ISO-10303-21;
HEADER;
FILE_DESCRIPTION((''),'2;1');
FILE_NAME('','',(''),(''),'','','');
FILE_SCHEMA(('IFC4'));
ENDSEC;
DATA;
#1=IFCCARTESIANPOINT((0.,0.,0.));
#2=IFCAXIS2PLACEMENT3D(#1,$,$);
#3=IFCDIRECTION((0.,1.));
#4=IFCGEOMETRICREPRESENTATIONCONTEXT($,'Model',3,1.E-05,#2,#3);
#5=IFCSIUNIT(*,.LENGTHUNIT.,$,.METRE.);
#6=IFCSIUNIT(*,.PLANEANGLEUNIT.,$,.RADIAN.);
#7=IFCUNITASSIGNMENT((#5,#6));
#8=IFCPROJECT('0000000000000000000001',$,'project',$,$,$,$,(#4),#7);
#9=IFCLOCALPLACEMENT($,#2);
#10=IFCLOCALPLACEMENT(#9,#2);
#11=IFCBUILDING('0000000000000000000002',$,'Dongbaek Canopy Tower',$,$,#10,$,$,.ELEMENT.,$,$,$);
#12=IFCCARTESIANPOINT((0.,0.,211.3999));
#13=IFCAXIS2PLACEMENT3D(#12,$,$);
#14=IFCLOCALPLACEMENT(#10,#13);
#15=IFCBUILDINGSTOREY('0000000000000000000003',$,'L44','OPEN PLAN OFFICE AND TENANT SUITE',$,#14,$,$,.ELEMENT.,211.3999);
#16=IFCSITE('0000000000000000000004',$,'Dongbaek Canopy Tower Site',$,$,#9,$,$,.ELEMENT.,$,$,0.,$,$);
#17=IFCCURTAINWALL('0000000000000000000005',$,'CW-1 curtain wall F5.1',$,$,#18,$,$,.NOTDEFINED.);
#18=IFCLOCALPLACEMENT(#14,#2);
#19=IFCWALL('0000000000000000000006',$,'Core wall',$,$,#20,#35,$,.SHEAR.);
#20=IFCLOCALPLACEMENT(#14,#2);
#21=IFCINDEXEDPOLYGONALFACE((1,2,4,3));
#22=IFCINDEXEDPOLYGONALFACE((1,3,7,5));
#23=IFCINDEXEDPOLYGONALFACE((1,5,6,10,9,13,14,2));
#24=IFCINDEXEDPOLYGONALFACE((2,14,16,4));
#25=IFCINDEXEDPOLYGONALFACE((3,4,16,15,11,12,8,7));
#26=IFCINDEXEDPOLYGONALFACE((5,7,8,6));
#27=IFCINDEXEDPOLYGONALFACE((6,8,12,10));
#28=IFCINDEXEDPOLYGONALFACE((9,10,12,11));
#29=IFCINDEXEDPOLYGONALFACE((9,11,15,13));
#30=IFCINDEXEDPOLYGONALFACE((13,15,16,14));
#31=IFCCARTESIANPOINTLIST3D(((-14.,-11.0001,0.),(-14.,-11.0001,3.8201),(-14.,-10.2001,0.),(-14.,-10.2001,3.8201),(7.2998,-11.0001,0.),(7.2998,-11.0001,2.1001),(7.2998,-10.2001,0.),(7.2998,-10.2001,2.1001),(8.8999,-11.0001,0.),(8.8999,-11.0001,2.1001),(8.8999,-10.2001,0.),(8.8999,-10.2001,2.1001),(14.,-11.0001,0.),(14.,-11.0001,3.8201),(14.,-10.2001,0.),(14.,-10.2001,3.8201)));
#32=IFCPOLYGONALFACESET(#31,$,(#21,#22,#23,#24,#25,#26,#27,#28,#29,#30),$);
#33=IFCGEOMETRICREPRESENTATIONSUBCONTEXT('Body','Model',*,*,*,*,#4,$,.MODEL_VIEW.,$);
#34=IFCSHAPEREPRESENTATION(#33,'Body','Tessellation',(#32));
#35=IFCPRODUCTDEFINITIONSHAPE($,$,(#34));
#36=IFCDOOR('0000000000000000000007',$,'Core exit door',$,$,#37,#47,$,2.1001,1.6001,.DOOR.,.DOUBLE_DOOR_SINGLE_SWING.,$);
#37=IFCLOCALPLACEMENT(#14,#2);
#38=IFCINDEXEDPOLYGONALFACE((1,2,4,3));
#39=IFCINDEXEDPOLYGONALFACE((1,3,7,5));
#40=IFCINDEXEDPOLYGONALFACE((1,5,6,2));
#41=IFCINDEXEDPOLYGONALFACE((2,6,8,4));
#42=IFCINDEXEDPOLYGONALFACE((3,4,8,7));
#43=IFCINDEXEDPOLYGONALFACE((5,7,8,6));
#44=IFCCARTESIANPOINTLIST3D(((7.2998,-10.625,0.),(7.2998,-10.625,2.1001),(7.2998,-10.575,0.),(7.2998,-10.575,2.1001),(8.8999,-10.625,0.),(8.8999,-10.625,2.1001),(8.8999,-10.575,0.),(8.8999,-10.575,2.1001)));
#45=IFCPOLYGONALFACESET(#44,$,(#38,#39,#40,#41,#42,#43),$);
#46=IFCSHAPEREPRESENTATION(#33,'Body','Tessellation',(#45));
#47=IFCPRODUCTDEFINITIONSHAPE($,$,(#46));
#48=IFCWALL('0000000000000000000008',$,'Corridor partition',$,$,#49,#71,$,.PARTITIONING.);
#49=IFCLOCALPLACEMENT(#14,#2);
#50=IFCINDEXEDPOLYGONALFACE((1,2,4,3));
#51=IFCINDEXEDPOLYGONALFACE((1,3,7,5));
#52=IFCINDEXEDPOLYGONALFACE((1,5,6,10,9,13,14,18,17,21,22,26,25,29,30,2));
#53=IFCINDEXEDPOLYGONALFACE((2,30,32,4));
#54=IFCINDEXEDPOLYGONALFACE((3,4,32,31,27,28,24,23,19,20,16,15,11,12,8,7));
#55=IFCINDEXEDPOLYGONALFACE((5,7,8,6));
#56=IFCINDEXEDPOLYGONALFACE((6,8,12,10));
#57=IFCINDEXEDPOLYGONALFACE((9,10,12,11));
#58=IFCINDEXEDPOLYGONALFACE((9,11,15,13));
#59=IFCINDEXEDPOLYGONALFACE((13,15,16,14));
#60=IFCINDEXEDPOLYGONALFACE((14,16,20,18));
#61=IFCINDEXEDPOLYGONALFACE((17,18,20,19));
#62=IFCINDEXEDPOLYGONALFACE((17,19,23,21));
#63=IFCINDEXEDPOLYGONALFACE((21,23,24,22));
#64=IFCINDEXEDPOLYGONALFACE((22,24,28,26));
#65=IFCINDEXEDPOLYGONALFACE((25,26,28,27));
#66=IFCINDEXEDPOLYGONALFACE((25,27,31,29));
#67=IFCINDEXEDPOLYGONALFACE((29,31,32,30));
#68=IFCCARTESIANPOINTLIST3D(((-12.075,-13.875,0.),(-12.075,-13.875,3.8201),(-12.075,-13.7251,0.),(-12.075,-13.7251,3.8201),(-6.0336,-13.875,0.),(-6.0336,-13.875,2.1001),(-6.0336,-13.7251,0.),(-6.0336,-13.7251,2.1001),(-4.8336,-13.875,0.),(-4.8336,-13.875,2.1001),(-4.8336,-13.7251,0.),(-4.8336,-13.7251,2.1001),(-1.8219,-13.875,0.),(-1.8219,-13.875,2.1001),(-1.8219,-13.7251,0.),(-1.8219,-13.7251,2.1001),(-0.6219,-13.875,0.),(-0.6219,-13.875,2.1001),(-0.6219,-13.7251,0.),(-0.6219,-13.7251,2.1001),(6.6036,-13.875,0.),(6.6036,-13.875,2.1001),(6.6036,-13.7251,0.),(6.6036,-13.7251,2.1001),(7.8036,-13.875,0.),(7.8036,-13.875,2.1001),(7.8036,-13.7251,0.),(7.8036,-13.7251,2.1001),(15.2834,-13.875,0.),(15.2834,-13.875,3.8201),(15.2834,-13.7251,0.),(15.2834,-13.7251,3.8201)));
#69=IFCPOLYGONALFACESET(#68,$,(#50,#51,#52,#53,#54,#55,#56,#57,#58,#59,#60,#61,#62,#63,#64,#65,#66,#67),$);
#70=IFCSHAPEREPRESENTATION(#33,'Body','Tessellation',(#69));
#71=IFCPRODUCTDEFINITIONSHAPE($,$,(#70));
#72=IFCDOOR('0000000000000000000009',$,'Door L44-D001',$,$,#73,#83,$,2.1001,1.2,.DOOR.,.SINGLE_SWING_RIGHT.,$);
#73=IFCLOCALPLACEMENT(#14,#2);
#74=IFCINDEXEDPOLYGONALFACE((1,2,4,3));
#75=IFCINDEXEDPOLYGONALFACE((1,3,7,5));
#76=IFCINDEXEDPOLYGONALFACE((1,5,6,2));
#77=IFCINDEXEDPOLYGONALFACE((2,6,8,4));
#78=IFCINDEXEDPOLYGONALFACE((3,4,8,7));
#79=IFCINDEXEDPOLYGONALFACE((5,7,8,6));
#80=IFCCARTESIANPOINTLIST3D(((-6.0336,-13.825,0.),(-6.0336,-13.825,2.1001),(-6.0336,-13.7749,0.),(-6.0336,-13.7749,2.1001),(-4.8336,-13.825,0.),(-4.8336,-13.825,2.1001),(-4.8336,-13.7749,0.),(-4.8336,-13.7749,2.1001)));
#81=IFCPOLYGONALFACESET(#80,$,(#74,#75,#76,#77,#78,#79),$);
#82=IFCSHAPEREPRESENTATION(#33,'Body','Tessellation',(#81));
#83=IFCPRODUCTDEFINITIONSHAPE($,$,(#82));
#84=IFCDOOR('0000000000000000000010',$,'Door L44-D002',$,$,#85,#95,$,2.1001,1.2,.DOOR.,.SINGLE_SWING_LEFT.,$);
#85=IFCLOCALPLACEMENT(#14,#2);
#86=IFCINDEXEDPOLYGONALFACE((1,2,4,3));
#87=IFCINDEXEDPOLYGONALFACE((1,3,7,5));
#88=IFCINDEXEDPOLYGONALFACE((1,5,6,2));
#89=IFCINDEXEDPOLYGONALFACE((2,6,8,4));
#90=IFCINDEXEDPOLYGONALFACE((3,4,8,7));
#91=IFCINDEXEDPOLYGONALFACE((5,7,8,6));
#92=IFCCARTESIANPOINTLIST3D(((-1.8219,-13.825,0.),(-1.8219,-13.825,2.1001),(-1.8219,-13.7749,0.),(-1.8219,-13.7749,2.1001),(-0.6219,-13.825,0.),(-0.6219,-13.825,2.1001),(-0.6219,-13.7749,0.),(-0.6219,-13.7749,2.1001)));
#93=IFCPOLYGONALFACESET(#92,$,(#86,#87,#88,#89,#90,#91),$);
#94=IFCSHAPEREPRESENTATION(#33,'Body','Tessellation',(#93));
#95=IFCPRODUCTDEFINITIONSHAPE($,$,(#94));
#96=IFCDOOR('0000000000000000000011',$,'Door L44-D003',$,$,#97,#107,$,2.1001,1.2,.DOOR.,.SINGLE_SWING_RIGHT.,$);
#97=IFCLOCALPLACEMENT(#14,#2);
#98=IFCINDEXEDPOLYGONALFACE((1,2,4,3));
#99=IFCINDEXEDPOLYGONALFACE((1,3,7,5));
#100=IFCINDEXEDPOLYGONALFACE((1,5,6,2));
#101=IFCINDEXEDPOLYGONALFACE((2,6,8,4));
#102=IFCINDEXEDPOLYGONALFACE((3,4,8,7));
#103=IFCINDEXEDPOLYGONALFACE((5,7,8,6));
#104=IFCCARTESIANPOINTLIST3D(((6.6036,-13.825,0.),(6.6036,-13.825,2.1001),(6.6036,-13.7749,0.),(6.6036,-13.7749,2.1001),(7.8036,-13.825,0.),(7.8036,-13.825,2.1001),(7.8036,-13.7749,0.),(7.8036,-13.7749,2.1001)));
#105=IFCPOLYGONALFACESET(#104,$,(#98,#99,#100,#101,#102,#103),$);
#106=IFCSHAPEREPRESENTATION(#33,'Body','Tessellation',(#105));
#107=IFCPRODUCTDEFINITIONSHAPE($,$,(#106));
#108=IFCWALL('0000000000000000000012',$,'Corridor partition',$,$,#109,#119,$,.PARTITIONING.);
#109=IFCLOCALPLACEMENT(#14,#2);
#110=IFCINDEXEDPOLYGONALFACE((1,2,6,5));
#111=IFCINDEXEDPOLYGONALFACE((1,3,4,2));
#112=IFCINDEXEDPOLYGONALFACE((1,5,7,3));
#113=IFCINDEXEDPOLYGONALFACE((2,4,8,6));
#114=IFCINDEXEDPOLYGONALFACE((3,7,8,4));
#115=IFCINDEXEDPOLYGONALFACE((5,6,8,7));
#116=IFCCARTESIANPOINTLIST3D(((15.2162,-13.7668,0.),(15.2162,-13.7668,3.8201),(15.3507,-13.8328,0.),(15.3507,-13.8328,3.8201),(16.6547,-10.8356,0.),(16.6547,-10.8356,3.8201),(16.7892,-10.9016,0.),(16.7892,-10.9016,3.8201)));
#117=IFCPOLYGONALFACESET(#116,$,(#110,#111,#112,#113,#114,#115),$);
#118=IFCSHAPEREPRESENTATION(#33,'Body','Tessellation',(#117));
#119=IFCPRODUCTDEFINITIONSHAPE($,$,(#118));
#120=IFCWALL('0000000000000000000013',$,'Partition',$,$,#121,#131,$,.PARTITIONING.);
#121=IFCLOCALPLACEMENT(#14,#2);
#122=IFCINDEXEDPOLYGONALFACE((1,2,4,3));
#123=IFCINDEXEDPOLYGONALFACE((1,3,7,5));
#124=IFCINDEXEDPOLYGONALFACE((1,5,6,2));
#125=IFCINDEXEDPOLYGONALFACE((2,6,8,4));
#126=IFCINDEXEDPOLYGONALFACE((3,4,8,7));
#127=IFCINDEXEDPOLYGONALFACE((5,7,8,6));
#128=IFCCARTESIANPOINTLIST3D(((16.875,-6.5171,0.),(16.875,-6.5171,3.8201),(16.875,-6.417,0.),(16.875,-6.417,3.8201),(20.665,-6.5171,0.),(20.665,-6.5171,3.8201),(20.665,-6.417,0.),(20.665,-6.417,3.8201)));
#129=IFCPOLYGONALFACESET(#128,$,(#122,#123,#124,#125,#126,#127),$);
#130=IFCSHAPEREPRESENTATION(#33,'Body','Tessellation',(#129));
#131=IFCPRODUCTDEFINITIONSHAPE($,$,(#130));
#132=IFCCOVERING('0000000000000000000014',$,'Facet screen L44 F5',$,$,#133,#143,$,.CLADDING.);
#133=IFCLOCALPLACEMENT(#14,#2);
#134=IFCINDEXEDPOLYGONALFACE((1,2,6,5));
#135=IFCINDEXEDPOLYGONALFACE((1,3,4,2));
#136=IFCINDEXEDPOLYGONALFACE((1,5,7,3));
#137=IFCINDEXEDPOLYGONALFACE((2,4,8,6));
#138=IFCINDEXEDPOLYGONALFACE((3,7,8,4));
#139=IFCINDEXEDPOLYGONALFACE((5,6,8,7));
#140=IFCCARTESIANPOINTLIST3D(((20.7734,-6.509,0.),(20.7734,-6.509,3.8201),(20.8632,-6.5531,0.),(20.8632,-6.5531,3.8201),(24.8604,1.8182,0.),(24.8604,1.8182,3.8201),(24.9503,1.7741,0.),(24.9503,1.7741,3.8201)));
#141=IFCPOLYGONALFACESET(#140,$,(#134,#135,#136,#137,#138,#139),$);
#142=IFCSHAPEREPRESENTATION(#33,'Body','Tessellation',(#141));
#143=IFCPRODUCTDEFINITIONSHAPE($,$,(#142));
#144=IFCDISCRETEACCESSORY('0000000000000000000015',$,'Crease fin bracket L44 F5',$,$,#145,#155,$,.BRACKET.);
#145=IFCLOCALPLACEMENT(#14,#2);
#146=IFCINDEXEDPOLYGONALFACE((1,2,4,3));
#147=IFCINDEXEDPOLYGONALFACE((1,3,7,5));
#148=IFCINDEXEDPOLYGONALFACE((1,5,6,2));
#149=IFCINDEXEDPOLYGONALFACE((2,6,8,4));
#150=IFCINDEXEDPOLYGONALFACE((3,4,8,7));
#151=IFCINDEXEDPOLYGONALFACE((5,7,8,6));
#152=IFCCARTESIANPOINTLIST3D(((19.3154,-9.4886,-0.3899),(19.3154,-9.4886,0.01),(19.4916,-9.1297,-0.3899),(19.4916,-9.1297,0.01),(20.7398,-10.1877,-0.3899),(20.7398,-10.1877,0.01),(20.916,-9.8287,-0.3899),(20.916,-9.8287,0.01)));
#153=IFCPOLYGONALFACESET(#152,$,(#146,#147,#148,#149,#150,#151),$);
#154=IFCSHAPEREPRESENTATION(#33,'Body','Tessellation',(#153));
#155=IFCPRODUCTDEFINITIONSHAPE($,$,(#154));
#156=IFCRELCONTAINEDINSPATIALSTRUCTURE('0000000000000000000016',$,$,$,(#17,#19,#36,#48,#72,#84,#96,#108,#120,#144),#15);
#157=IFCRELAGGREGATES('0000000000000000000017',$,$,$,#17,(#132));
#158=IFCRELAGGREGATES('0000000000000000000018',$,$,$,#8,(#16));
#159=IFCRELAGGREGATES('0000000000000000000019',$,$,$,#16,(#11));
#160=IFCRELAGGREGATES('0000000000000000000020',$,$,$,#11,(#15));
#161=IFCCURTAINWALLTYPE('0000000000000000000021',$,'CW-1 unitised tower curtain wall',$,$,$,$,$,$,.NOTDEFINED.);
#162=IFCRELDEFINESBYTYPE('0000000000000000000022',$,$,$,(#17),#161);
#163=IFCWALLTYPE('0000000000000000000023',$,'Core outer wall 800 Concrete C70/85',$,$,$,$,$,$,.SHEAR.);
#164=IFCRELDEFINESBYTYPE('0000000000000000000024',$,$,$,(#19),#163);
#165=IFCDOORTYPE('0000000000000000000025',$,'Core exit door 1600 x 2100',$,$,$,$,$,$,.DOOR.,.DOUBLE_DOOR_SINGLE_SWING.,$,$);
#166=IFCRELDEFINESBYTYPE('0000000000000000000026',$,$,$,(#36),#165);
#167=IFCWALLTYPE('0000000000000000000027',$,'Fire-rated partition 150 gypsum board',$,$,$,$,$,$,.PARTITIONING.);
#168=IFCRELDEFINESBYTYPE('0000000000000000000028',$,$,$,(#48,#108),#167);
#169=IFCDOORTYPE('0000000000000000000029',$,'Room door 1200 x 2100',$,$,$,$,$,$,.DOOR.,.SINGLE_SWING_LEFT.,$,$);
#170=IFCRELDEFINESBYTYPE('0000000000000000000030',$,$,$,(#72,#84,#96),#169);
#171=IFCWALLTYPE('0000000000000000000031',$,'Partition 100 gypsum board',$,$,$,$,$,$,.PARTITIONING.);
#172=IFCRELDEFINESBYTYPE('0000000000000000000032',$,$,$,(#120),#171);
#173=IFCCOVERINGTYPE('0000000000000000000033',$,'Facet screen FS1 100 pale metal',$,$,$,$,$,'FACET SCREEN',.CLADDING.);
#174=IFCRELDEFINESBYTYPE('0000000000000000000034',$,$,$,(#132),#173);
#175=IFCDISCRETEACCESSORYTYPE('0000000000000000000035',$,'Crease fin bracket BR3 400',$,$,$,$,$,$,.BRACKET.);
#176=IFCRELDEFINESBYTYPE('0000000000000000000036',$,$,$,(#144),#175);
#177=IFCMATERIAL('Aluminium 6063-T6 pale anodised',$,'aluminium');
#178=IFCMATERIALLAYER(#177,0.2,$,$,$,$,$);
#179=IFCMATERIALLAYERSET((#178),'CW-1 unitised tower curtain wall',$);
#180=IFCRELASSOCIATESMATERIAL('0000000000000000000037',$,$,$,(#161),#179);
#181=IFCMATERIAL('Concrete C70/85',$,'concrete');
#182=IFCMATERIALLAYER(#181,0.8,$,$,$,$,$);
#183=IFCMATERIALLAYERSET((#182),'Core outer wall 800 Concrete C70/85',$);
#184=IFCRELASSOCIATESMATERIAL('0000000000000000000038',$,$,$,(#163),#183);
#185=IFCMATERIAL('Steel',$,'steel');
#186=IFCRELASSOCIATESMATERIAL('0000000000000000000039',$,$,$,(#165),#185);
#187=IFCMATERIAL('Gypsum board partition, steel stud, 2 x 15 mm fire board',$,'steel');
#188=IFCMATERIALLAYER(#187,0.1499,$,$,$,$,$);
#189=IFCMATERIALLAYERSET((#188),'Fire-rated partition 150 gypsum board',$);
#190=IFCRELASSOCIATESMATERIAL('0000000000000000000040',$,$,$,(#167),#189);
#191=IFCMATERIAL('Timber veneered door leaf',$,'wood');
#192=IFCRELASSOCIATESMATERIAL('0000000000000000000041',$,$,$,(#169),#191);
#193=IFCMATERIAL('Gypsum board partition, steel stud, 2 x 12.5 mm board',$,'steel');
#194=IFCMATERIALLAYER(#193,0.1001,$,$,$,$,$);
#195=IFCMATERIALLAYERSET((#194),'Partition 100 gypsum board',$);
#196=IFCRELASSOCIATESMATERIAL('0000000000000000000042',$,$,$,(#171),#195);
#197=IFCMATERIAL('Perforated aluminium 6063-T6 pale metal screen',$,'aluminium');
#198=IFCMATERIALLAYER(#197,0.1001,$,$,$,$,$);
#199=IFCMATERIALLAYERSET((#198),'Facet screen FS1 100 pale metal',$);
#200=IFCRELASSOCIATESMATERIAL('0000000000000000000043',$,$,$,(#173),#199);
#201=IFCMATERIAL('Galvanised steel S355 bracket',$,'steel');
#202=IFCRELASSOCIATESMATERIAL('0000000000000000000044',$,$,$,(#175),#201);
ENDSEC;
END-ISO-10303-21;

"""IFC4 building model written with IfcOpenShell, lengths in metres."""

from ifc_helpers import new_model, si_unit, direction, frame, frame_2d, origin, origin_2d, place, context, subcontext, project, spatial, rectangle, extrude, material, layer, layer_set, type_object, element, fill, aggregate, save


model = new_model("IFC4")

# Units and contexts
model_context = context("Model", 3, precision=1e-05, world=origin(), true_north=direction((0.0, 1.0)))
body_context = subcontext(model_context, "Body", "Model", "MODEL_VIEW")
ifc_project = project(units=[si_unit("LENGTHUNIT", "METRE"), si_unit("PLANEANGLEUNIT", "RADIAN")], contexts=[model_context])

# Site, building, storey
site_placement = place(None, origin())
site = spatial("IfcSite", under=ifc_project, at=site_placement, Name="Dongbaek Canopy Tower Site", CompositionType="ELEMENT", RefElevation=0.0)
building_placement = place(site_placement, origin())
building = spatial("IfcBuilding", under=site, at=building_placement, Name="Dongbaek Canopy Tower", CompositionType="ELEMENT")
storey_placement = place(building_placement, frame((0.0, 0.0, 211.3999)))
storey = spatial("IfcBuildingStorey", under=building, at=storey_placement, Name="L44", Description="OPEN PLAN OFFICE AND TENANT SUITE", CompositionType="ELEMENT", Elevation=211.3999)

# Curtain wall
ifc_material_1 = material(Name="Aluminium 6063-T6 pale anodised", Category="aluminium")
ifc_layer_1 = layer(ifc_material_1, 0.2)
ifc_layer_set_1 = layer_set([ifc_layer_1], Name="CW-1 unitised tower curtain wall")
curtain_wall_type = type_object("IfcCurtainWallType", Name="CW-1 unitised tower curtain wall", PredefinedType="NOTDEFINED", material=ifc_layer_set_1)
curtain_wall_placement = place(storey_placement, origin())
curtain_wall = element("IfcCurtainWall", 1, at=curtain_wall_placement, inside=storey, type_object=curtain_wall_type, Name="CW-1 curtain wall F5.1", PredefinedType="NOTDEFINED")

# Wall, opening, door
ifc_material_2 = material(Name="Concrete C70/85", Category="concrete")
ifc_layer_2 = layer(ifc_material_2, 0.8)
ifc_layer_set_2 = layer_set([ifc_layer_2], Name="Core outer wall 800 Concrete C70/85")
wall_type_1 = type_object("IfcWallType", Name="Core outer wall 800 Concrete C70/85", PredefinedType="SHEAR", material=ifc_layer_set_2)
wall_1_placement = place(storey_placement, frame((14.0, -10.6001, 0.0), z_axis=(0.0, 0.0, 1.0), x_axis=(-1.0, 0.0, 0.0)))
wall_1 = element("IfcWall", 2, at=wall_1_placement, inside=storey, type_object=wall_type_1, Name="Core wall", PredefinedType="SHEAR", context=body_context, shape_type="SweptSolid", body=[
    extrude(rectangle(XDim=28.0, YDim=0.8, at=frame_2d((14.0, 0.0))), origin(), (0.0, 0.0, 1.0), 3.8201),
])
opening_1_placement = place(wall_1_placement, frame((5.1001, 0.0, 0.0)))
opening_1 = element("IfcOpeningElement", 3, at=opening_1_placement, cuts=wall_1, PredefinedType="OPENING", context=body_context, shape_type="SweptSolid", body=[
    extrude(rectangle(XDim=1.6001, YDim=2.1001, at=frame_2d((0.8, 1.05))), frame((0.0, 0.4099, 0.0), z_axis=(0.0, -1.0, 0.0), x_axis=(1.0, 0.0, 0.0)), (0.0, 0.0, 1.0), 0.8201),
])
ifc_material_3 = material(Name="Steel", Category="steel")
door_type_1 = type_object("IfcDoorType", Name="Core exit door 1600 x 2100", OperationType="DOUBLE_DOOR_SINGLE_SWING", PredefinedType="DOOR", material=ifc_material_3)
door_1_placement = place(opening_1_placement, origin())
door_1 = element("IfcDoor", 4, at=door_1_placement, inside=storey, type_object=door_type_1, Name="Core exit door", OperationType="DOUBLE_DOOR_SINGLE_SWING", OverallHeight=2.1001, OverallWidth=1.6001, PredefinedType="DOOR", context=body_context, shape_type="SweptSolid", body=[
    extrude(rectangle(XDim=1.6001, YDim=2.1001, at=frame_2d((0.8, 1.05))), frame((0.0, 0.0249, 0.0), z_axis=(0.0, -1.0, 0.0), x_axis=(1.0, 0.0, 0.0)), (0.0, 0.0, 1.0), 0.05),
])
fill(opening_1, door_1)

# Wall, openings, doors
ifc_material_4 = material(Name="Gypsum board partition, steel stud, 2 x 15 mm fire board", Category="steel")
ifc_layer_3 = layer(ifc_material_4, 0.1499)
ifc_layer_set_3 = layer_set([ifc_layer_3], Name="Fire-rated partition 150 gypsum board")
wall_type_2 = type_object("IfcWallType", Name="Fire-rated partition 150 gypsum board", PredefinedType="PARTITIONING", material=ifc_layer_set_3)
wall_2_placement = place(storey_placement, frame((15.2834, -13.8, 0.0), z_axis=(0.0, 0.0, 1.0), x_axis=(-1.0, 0.0, 0.0)))
wall_2 = element("IfcWall", 5, at=wall_2_placement, inside=storey, type_object=wall_type_2, Name="Corridor partition", PredefinedType="PARTITIONING", context=body_context, shape_type="SweptSolid", body=[
    extrude(rectangle(XDim=27.3584, YDim=0.1499, at=frame_2d((13.6792, 0.0))), origin(), (0.0, 0.0, 1.0), 3.8201),
])
opening_2_placement = place(wall_2_placement, frame((20.1169, 0.0, 0.0)))
opening_2 = element("IfcOpeningElement", 6, at=opening_2_placement, cuts=wall_2, PredefinedType="OPENING", context=body_context, shape_type="SweptSolid", body=[
    extrude(rectangle(XDim=1.2, YDim=2.1001, at=frame_2d((0.6001, 1.05))), frame((0.0, 0.085, 0.0), z_axis=(0.0, -1.0, 0.0), x_axis=(1.0, 0.0, 0.0)), (0.0, 0.0, 1.0), 0.1699),
])
opening_3_placement = place(wall_2_placement, frame((15.9053, 0.0, 0.0)))
opening_3 = element("IfcOpeningElement", 7, at=opening_3_placement, cuts=wall_2, PredefinedType="OPENING", context=body_context, shape_type="SweptSolid", body=[
    extrude(rectangle(XDim=1.2, YDim=2.1001, at=frame_2d((0.6001, 1.05))), frame((0.0, 0.085, 0.0), z_axis=(0.0, -1.0, 0.0), x_axis=(1.0, 0.0, 0.0)), (0.0, 0.0, 1.0), 0.1699),
])
opening_4_placement = place(wall_2_placement, frame((7.4797, 0.0, 0.0)))
opening_4 = element("IfcOpeningElement", 8, at=opening_4_placement, cuts=wall_2, PredefinedType="OPENING", context=body_context, shape_type="SweptSolid", body=[
    extrude(rectangle(XDim=1.2, YDim=2.1001, at=frame_2d((0.6001, 1.05))), frame((0.0, 0.085, 0.0), z_axis=(0.0, -1.0, 0.0), x_axis=(1.0, 0.0, 0.0)), (0.0, 0.0, 1.0), 0.1699),
])
ifc_material_5 = material(Name="Timber veneered door leaf", Category="wood")
door_type_2 = type_object("IfcDoorType", Name="Room door 1200 x 2100", OperationType="SINGLE_SWING_LEFT", PredefinedType="DOOR", material=ifc_material_5)
door_2_placement = place(opening_2_placement, origin())
door_2 = element("IfcDoor", 9, at=door_2_placement, inside=storey, type_object=door_type_2, Name="Door L44-D001", OperationType="SINGLE_SWING_RIGHT", OverallHeight=2.1001, OverallWidth=1.2, PredefinedType="DOOR", context=body_context, shape_type="SweptSolid", body=[
    extrude(rectangle(XDim=1.2, YDim=2.1001, at=frame_2d((0.6001, 1.05))), frame((0.0, 0.0249, 0.0), z_axis=(0.0, -1.0, 0.0), x_axis=(1.0, 0.0, 0.0)), (0.0, 0.0, 1.0), 0.05),
])
fill(opening_2, door_2)
door_3_placement = place(opening_3_placement, origin())
door_3 = element("IfcDoor", 10, at=door_3_placement, inside=storey, type_object=door_type_2, Name="Door L44-D002", OperationType="SINGLE_SWING_LEFT", OverallHeight=2.1001, OverallWidth=1.2, PredefinedType="DOOR", context=body_context, shape_type="SweptSolid", body=[
    extrude(rectangle(XDim=1.2, YDim=2.1001, at=frame_2d((0.6001, 1.05))), frame((0.0, 0.0249, 0.0), z_axis=(0.0, -1.0, 0.0), x_axis=(1.0, 0.0, 0.0)), (0.0, 0.0, 1.0), 0.05),
])
fill(opening_3, door_3)
door_4_placement = place(opening_4_placement, origin())
door_4 = element("IfcDoor", 11, at=door_4_placement, inside=storey, type_object=door_type_2, Name="Door L44-D003", OperationType="SINGLE_SWING_RIGHT", OverallHeight=2.1001, OverallWidth=1.2, PredefinedType="DOOR", context=body_context, shape_type="SweptSolid", body=[
    extrude(rectangle(XDim=1.2, YDim=2.1001, at=frame_2d((0.6001, 1.05))), frame((0.0, 0.0249, 0.0), z_axis=(0.0, -1.0, 0.0), x_axis=(1.0, 0.0, 0.0)), (0.0, 0.0, 1.0), 0.05),
])
fill(opening_4, door_4)

# Walls
wall_3_placement = place(storey_placement, frame((15.2834, -13.7998, 0.0), z_axis=(0.0, 0.0, 1.0), x_axis=(0.440561, 0.897722, 0.0)))
element("IfcWall", 12, at=wall_3_placement, inside=storey, type_object=wall_type_2, Name="Corridor partition", PredefinedType="PARTITIONING", context=body_context, shape_type="SweptSolid", body=[
    extrude(rectangle(XDim=3.2651, YDim=0.1499, at=frame_2d((1.6326, 0.0))), origin(), (0.0, 0.0, 1.0), 3.8201),
])
ifc_material_6 = material(Name="Gypsum board partition, steel stud, 2 x 12.5 mm board", Category="steel")
ifc_layer_4 = layer(ifc_material_6, 0.1001)
ifc_layer_set_4 = layer_set([ifc_layer_4], Name="Partition 100 gypsum board")
wall_type_3 = type_object("IfcWallType", Name="Partition 100 gypsum board", PredefinedType="PARTITIONING", material=ifc_layer_set_4)
wall_4_placement = place(storey_placement, frame((16.875, -6.467, 0.0), z_axis=(0.0, 0.0, 1.0), x_axis=(1.0, 0.0, 0.0)))
element("IfcWall", 13, at=wall_4_placement, inside=storey, type_object=wall_type_3, Name="Partition", PredefinedType="PARTITIONING", context=body_context, shape_type="SweptSolid", body=[
    extrude(rectangle(XDim=3.79, YDim=0.1001, at=frame_2d((1.895, 0.0))), origin(), (0.0, 0.0, 1.0), 3.8201),
])

# Covering
ifc_material_7 = material(Name="Perforated aluminium 6063-T6 pale metal screen", Category="aluminium")
ifc_layer_5 = layer(ifc_material_7, 0.1001)
ifc_layer_set_5 = layer_set([ifc_layer_5], Name="Facet screen FS1 100 pale metal")
covering_type = type_object("IfcCoveringType", Name="Facet screen FS1 100 pale metal", ElementType="FACET SCREEN", PredefinedType="CLADDING", material=ifc_layer_set_5)
covering_placement = place(storey_placement, frame((22.8618, -2.3674, 0.0), z_axis=(0.0, 0.0, 1.0), x_axis=(0.440596, 0.897706, 0.0)))
covering = element("IfcCovering", 14, at=covering_placement, type_object=covering_type, Name="Facet screen L44 F5", PredefinedType="CLADDING", context=body_context, shape_type="SweptSolid", body=[
    extrude(rectangle(XDim=9.2761, YDim=0.1001, at=origin_2d()), origin(), (0.0, 0.0, 1.0), 3.8201),
])
aggregate(curtain_wall, [covering])

# Discrete accessory
ifc_material_8 = material(Name="Galvanised steel S355 bracket", Category="steel")
discrete_accessory_type = type_object("IfcDiscreteAccessoryType", Name="Crease fin bracket BR3 400", PredefinedType="BRACKET", material=ifc_material_8)
discrete_accessory_placement = place(storey_placement, frame((20.1157, -9.6587, -0.3899), z_axis=(0.0, 0.0, 1.0), x_axis=(0.897706, -0.440596, 0.0)))
element("IfcDiscreteAccessory", 15, at=discrete_accessory_placement, inside=storey, type_object=discrete_accessory_type, Name="Crease fin bracket L44 F5", PredefinedType="BRACKET", context=body_context, shape_type="SweptSolid", body=[
    extrude(rectangle(XDim=1.5867, YDim=0.3999, at=origin_2d()), origin(), (0.0, 0.0, 1.0), 0.3999),
])

save(model, "model.ifc")
